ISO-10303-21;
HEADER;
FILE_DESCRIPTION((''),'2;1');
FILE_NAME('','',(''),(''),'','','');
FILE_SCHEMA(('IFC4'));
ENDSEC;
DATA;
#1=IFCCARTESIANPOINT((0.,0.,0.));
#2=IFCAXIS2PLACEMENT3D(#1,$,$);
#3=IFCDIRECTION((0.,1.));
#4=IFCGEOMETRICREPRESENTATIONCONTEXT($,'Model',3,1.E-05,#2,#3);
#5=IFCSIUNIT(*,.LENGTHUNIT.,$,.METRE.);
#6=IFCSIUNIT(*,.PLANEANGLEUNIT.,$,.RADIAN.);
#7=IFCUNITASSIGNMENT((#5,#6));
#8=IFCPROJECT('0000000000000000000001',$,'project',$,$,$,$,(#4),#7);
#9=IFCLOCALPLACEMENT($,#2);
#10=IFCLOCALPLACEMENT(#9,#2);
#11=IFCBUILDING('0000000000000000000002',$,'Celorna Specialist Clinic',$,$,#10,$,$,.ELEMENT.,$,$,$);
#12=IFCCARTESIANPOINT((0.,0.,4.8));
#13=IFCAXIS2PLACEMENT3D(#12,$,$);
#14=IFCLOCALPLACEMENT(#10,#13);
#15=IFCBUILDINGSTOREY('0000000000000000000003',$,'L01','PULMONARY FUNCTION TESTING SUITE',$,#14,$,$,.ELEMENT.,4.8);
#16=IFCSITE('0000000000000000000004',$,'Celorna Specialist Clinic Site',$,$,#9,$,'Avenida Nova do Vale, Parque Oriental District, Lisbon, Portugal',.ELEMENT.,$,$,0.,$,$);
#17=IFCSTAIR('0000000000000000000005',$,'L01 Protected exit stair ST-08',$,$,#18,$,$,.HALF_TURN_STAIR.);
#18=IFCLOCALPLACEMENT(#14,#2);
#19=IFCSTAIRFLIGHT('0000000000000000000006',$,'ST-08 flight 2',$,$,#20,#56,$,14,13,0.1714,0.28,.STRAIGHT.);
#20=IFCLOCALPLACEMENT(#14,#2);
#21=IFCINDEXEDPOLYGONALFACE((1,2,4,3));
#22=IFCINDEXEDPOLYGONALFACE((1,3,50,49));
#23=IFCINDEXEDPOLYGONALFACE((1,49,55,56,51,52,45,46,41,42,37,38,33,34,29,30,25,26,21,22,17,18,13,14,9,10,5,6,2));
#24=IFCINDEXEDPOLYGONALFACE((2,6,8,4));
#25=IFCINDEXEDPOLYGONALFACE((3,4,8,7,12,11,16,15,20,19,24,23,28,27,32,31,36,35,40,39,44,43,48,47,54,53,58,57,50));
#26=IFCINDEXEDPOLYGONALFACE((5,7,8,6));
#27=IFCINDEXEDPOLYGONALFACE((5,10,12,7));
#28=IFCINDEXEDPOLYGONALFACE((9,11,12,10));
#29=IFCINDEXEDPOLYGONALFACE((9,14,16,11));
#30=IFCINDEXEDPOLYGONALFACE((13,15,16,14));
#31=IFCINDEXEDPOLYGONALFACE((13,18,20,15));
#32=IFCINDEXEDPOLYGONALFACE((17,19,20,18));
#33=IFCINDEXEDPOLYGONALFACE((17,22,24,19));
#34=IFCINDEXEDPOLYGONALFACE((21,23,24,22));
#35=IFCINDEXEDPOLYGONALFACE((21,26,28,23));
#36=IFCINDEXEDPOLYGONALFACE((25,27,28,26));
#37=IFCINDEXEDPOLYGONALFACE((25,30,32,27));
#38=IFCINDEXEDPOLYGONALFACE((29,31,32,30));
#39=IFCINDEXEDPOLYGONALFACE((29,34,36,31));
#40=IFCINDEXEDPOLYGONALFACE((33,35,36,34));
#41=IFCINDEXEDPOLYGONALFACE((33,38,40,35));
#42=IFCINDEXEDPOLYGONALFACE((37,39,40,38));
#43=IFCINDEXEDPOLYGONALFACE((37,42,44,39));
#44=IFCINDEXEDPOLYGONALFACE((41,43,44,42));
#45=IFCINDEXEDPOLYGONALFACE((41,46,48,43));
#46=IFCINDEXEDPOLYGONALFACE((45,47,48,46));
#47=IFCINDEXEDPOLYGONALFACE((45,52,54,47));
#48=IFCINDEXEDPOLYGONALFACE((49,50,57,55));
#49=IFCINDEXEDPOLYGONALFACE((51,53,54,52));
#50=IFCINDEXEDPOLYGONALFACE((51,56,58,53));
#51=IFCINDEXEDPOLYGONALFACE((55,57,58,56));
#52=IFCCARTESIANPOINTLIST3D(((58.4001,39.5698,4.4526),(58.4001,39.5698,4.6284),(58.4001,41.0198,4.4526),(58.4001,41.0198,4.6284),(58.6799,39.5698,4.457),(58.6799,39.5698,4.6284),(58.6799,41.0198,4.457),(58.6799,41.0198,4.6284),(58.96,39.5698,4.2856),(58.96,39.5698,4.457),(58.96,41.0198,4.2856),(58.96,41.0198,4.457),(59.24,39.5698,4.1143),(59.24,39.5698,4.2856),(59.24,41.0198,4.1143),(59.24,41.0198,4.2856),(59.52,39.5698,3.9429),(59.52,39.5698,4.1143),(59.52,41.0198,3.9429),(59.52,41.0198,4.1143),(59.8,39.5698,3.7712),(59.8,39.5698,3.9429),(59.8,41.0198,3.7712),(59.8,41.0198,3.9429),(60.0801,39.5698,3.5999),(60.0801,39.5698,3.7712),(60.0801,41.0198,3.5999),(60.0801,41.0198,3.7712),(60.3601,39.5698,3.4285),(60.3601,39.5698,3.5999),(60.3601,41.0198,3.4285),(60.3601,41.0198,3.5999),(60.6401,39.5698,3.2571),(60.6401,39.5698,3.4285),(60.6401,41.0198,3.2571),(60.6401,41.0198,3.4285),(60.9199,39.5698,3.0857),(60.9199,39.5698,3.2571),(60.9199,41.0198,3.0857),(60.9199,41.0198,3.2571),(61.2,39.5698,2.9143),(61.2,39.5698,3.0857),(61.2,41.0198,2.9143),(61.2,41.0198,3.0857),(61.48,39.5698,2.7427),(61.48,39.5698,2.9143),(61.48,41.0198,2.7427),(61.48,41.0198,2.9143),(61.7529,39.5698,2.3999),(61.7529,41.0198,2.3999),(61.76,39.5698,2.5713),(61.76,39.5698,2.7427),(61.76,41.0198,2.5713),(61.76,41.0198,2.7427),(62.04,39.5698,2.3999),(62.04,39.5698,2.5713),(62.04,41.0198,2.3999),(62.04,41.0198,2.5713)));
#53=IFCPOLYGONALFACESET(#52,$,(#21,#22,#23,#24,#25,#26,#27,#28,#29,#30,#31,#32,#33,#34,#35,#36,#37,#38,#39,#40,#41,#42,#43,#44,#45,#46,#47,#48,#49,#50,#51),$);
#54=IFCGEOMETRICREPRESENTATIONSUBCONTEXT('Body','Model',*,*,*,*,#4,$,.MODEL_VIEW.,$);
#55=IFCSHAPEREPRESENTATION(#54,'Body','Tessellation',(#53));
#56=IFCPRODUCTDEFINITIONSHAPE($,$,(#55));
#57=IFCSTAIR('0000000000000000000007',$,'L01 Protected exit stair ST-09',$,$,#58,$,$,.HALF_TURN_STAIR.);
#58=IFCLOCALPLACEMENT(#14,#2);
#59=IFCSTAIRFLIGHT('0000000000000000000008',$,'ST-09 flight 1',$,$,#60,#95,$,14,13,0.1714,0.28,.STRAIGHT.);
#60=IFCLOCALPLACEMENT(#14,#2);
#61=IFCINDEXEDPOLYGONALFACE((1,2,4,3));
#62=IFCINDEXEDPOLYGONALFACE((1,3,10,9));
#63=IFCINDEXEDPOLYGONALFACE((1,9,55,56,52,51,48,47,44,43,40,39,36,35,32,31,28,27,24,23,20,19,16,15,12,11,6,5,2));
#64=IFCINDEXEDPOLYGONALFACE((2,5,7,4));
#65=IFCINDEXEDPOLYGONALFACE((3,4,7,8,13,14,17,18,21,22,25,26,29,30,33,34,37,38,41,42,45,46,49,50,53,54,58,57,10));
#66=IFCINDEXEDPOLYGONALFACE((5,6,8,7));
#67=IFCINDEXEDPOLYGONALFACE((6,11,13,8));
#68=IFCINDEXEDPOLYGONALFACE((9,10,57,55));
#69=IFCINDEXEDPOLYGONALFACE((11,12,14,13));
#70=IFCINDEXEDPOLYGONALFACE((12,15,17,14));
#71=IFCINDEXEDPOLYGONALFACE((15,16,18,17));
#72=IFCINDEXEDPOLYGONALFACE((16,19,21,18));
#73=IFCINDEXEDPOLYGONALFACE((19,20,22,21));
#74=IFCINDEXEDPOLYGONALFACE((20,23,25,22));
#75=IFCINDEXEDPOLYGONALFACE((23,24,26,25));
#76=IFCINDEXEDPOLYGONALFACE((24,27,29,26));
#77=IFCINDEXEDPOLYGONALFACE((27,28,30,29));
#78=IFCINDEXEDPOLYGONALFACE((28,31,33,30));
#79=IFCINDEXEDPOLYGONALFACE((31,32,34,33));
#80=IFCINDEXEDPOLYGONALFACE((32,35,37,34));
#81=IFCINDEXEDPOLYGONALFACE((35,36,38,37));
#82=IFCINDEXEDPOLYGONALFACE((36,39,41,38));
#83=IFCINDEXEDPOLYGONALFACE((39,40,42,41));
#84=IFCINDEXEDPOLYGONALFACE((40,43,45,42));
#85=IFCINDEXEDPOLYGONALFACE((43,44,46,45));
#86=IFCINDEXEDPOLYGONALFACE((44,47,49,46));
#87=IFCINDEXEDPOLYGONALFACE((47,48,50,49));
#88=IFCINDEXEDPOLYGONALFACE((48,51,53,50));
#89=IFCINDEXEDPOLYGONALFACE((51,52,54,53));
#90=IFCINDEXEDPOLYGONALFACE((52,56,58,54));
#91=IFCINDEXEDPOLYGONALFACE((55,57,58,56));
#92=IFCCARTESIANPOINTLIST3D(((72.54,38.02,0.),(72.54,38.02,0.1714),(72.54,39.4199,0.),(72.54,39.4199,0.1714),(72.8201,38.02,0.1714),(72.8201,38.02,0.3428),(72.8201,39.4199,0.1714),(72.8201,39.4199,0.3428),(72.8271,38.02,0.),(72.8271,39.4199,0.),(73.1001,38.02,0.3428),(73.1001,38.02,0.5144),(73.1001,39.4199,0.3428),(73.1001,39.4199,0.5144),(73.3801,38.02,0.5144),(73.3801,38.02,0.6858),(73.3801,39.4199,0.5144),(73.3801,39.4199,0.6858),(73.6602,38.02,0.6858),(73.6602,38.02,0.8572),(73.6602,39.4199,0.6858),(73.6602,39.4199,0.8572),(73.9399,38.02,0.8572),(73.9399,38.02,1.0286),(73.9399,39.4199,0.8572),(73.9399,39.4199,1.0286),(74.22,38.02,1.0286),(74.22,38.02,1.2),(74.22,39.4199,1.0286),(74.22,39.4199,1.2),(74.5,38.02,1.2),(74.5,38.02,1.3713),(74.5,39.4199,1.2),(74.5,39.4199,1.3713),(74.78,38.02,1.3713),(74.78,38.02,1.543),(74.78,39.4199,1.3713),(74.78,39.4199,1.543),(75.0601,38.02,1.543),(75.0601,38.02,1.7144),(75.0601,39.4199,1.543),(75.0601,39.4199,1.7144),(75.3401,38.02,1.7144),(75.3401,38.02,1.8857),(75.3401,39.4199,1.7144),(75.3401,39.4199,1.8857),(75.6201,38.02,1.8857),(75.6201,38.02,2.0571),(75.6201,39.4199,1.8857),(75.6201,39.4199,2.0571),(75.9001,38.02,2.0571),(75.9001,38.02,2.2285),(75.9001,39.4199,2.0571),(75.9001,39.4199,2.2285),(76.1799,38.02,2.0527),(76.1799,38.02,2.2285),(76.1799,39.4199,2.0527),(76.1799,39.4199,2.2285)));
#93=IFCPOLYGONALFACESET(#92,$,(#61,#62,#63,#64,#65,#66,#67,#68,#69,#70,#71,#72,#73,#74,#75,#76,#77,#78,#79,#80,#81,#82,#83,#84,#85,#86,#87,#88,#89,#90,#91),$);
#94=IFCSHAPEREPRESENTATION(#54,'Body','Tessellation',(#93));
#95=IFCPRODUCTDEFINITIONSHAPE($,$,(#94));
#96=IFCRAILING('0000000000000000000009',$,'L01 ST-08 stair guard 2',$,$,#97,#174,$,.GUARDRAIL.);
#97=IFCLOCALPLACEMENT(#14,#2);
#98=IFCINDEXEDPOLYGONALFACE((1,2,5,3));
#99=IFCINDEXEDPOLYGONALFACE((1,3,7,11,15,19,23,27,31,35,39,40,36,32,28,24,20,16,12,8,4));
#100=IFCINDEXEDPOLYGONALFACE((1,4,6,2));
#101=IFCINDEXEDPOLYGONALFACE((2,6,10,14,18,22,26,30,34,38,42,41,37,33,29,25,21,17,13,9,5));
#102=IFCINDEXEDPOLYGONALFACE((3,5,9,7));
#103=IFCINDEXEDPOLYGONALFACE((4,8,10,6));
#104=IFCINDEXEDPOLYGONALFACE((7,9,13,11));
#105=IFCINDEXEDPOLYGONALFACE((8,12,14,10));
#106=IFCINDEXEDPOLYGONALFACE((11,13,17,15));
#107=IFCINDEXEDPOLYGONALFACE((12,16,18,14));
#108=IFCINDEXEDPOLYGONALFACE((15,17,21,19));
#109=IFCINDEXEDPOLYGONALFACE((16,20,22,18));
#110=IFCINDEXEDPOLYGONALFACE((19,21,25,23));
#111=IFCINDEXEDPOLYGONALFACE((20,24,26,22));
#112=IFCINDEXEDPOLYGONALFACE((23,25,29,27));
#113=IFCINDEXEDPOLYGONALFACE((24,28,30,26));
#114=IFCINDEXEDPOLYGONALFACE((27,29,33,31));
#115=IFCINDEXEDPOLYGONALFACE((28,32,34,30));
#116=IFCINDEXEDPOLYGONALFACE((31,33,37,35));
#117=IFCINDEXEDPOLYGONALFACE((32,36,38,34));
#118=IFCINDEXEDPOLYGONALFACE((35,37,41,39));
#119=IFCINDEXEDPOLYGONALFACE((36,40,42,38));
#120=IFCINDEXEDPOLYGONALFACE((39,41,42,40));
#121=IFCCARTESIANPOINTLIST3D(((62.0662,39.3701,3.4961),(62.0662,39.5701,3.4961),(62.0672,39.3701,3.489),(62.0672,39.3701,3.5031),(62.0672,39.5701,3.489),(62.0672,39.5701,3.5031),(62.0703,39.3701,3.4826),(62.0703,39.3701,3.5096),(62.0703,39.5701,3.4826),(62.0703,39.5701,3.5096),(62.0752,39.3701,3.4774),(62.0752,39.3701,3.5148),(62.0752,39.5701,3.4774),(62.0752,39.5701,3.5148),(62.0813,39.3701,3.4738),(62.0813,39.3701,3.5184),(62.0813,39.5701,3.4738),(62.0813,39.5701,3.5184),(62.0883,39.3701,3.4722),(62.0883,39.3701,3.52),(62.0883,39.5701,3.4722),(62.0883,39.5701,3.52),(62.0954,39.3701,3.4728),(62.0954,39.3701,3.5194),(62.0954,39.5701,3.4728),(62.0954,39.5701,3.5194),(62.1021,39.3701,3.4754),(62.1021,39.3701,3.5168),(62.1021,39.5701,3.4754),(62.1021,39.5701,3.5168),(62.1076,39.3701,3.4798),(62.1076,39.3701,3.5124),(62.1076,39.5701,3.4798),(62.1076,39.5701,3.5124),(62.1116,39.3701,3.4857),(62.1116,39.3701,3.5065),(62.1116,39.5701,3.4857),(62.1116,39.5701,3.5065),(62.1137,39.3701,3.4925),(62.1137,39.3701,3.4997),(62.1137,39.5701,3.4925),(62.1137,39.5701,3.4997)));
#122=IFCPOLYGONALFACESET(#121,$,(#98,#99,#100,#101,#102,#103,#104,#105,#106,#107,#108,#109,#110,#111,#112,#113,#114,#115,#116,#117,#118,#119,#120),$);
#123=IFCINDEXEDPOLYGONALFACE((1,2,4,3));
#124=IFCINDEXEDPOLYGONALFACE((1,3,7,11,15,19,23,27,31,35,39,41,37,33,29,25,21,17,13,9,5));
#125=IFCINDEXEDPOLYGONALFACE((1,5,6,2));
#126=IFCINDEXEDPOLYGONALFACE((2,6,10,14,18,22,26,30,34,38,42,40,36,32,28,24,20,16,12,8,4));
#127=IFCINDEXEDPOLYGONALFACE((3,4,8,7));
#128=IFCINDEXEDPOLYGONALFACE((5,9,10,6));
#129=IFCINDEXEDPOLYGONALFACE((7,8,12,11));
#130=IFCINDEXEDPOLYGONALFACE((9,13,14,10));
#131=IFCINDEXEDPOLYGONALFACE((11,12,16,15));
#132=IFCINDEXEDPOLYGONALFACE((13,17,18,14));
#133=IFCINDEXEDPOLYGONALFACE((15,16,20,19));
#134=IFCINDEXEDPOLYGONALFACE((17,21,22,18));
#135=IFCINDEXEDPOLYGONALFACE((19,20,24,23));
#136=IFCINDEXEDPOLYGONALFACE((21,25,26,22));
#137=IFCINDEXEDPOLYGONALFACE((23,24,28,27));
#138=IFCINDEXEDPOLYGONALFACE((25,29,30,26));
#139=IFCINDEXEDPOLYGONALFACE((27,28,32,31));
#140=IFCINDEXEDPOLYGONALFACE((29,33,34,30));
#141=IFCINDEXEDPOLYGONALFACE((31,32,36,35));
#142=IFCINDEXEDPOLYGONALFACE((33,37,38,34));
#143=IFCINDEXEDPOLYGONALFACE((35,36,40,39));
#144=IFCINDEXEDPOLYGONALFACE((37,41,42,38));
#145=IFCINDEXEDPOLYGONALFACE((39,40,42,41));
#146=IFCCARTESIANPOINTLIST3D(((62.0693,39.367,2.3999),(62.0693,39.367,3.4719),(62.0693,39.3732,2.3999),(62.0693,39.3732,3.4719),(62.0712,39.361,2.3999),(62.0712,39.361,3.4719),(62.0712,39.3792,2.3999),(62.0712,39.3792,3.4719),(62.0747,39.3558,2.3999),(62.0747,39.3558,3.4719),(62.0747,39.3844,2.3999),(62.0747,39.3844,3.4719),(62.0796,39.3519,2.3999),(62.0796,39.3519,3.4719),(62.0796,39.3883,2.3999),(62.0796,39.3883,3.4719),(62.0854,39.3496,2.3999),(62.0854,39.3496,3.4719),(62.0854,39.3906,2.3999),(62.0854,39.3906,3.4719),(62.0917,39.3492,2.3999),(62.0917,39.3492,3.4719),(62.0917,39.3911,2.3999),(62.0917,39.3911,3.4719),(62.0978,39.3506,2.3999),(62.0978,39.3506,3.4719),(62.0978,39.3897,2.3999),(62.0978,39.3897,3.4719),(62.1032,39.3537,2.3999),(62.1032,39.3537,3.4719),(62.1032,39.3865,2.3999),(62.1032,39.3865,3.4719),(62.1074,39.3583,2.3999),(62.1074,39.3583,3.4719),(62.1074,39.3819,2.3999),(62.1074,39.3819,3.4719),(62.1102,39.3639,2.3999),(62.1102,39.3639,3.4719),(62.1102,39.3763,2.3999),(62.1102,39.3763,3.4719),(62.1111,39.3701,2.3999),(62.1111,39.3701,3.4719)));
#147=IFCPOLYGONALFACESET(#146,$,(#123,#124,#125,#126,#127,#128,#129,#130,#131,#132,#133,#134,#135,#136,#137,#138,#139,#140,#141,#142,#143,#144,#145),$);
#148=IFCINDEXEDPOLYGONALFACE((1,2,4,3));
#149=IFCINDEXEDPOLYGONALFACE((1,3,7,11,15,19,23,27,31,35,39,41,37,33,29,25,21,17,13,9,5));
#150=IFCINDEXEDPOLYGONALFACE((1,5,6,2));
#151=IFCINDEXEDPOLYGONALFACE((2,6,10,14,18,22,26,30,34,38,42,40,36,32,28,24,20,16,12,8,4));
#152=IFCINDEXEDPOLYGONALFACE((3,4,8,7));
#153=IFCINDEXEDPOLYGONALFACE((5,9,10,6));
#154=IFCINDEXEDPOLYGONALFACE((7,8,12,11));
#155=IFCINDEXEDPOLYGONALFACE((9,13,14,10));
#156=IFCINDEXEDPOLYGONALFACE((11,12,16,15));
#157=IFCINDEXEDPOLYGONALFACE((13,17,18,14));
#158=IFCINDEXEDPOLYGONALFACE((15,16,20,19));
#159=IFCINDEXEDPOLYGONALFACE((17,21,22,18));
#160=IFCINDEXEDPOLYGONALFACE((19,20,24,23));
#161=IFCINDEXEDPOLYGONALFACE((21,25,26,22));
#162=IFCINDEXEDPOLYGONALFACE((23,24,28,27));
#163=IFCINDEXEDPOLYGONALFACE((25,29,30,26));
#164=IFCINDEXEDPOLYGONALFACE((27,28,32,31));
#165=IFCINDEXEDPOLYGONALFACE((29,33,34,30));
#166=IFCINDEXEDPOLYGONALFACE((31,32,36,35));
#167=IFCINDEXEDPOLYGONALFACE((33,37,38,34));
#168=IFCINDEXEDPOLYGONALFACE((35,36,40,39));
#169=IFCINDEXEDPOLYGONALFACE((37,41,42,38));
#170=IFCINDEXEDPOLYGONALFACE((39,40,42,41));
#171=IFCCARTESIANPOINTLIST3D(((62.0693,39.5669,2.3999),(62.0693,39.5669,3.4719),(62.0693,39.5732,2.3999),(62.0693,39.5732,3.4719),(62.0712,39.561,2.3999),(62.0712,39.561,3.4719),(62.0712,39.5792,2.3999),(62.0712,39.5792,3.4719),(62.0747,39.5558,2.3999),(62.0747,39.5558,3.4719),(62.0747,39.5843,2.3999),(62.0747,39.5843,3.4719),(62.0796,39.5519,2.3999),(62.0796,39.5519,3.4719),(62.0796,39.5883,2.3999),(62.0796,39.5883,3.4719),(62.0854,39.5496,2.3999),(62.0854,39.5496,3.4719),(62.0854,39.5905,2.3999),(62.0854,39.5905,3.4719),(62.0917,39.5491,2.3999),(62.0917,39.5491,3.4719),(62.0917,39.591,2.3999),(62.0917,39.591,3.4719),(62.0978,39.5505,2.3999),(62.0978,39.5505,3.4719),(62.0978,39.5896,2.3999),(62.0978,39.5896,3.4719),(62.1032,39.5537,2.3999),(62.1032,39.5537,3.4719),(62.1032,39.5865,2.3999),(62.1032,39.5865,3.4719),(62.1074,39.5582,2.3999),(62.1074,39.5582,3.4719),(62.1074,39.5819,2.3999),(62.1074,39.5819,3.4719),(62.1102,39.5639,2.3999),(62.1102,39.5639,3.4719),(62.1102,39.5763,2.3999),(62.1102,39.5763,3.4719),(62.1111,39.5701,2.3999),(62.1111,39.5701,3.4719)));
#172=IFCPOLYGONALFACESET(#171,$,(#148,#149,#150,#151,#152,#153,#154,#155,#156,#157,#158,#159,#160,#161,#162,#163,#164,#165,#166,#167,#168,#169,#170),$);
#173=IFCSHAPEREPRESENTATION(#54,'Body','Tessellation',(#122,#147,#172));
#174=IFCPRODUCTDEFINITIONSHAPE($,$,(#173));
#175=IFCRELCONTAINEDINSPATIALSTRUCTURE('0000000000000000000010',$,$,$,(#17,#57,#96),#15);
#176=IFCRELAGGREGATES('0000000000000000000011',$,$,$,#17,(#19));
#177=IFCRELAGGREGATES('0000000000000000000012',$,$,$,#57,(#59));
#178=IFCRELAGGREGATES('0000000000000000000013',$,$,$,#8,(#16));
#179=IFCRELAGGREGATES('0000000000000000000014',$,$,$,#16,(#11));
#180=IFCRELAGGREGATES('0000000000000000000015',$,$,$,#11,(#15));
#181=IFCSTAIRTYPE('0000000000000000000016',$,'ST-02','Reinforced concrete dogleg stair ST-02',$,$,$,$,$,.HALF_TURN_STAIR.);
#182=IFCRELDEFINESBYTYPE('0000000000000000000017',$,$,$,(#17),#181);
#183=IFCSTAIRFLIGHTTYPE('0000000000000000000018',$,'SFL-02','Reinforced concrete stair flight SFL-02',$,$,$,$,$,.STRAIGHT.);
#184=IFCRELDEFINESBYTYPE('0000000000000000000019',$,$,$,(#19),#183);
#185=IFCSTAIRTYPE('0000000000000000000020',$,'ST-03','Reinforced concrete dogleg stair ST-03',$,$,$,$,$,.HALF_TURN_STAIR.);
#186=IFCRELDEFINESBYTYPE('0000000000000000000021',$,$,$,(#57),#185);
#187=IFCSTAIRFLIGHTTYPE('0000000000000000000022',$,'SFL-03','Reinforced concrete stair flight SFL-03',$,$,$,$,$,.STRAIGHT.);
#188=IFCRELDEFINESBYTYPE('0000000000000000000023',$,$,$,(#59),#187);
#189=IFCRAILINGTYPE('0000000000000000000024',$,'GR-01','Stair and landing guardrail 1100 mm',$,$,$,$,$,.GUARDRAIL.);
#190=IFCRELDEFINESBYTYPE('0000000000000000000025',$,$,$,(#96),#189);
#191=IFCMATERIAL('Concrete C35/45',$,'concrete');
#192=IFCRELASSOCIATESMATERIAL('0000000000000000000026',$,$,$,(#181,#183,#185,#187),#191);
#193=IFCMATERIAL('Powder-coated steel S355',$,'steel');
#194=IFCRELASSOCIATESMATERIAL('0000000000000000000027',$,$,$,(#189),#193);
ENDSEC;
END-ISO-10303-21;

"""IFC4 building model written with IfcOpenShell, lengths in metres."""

from ifc_helpers import new_model, si_unit, direction, frame, origin, origin_2d, place, context, subcontext, project, spatial, polyline, circle, outline, extrude, material, type_object, element, aggregate, save


model = new_model("IFC4")

# Units and contexts
model_context = context("Model", 3, precision=1e-05, world=origin(), true_north=direction((0.0, 1.0)))
body_context = subcontext(model_context, "Body", "Model", "MODEL_VIEW")
ifc_project = project(units=[si_unit("LENGTHUNIT", "METRE"), si_unit("PLANEANGLEUNIT", "RADIAN")], contexts=[model_context])

# Site, building, storey
site_placement = place(None, origin())
site = spatial("IfcSite", under=ifc_project, at=site_placement, Name="Celorna Specialist Clinic Site", LongName="Avenida Nova do Vale, Parque Oriental District, Lisbon, Portugal", CompositionType="ELEMENT", RefElevation=0.0)
building_placement = place(site_placement, origin())
building = spatial("IfcBuilding", under=site, at=building_placement, Name="Celorna Specialist Clinic", CompositionType="ELEMENT")
storey_placement = place(building_placement, frame((0.0, 0.0, 4.8)))
storey = spatial("IfcBuildingStorey", under=building, at=storey_placement, Name="L01", Description="PULMONARY FUNCTION TESTING SUITE", CompositionType="ELEMENT", Elevation=4.8)

# Shared definitions
ifc_material_1 = material(Name="Concrete C35/45", Category="concrete")

# Stairs, stair flights
stair_type_1 = type_object("IfcStairType", Name="ST-02", Description="Reinforced concrete dogleg stair ST-02", PredefinedType="HALF_TURN_STAIR", material=ifc_material_1)
stair_1_placement = place(storey_placement, origin())
stair_1 = element("IfcStair", 1, at=stair_1_placement, inside=storey, type_object=stair_type_1, Name="L01 Protected exit stair ST-08", PredefinedType="HALF_TURN_STAIR")
stair_flight_type_1 = type_object("IfcStairFlightType", Name="SFL-02", Description="Reinforced concrete stair flight SFL-02", PredefinedType="STRAIGHT", material=ifc_material_1)
stair_flight_1_placement = place(storey_placement, frame((62.04, 40.2949, 2.3999), z_axis=(0.0, 0.0, 1.0), x_axis=(-1.0, 0.0, 0.0)))
stair_flight_1 = element("IfcStairFlight", 2, at=stair_flight_1_placement, type_object=stair_flight_type_1, Name="ST-08 flight 2", NumberOfRisers=14, NumberOfTreads=13, PredefinedType="STRAIGHT", RiserHeight=0.1714, TreadLength=0.28, context=body_context, shape_type="SweptSolid", body=[
    extrude(outline(polyline([(0.0, 0.0), (0.0, 0.1714), (0.28, 0.1714), (0.28, 0.3428), (0.5601, 0.3428), (0.5601, 0.5144), (0.8401, 0.5144), (0.8401, 0.6858), (1.1201, 0.6858), (1.1201, 0.8572), (1.3999, 0.8572), (1.3999, 1.0286), (1.6799, 1.0286), (1.6799, 1.2), (1.96, 1.2), (1.96, 1.3713), (2.24, 1.3713), (2.24, 1.543), (2.52, 1.543), (2.52, 1.7144), (2.8, 1.7144), (2.8, 1.8857), (3.0801, 1.8857), (3.0801, 2.0571), (3.3601, 2.0571), (3.3601, 2.2285), (3.6399, 2.2285), (3.6399, 2.3999), (3.6399, 2.0527), (0.2871, 0.0), (0.0, 0.0)])), frame((0.0, 0.7251, 0.0), z_axis=(0.0, -1.0, 0.0), x_axis=(1.0, 0.0, 0.0)), (0.0, 0.0, 1.0), 1.45),
])
aggregate(stair_1, [stair_flight_1])
stair_type_2 = type_object("IfcStairType", Name="ST-03", Description="Reinforced concrete dogleg stair ST-03", PredefinedType="HALF_TURN_STAIR", material=ifc_material_1)
stair_2_placement = place(storey_placement, origin())
stair_2 = element("IfcStair", 3, at=stair_2_placement, inside=storey, type_object=stair_type_2, Name="L01 Protected exit stair ST-09", PredefinedType="HALF_TURN_STAIR")
stair_flight_type_2 = type_object("IfcStairFlightType", Name="SFL-03", Description="Reinforced concrete stair flight SFL-03", PredefinedType="STRAIGHT", material=ifc_material_1)
stair_flight_2_placement = place(storey_placement, frame((72.54, 38.72, 0.0), z_axis=(0.0, 0.0, 1.0), x_axis=(1.0, 0.0, 0.0)))
stair_flight_2 = element("IfcStairFlight", 4, at=stair_flight_2_placement, type_object=stair_flight_type_2, Name="ST-09 flight 1", NumberOfRisers=14, NumberOfTreads=13, PredefinedType="STRAIGHT", RiserHeight=0.1714, TreadLength=0.28, context=body_context, shape_type="SweptSolid", body=[
    extrude(outline(polyline([(0.0, 0.0), (0.0, 0.1714), (0.28, 0.1714), (0.28, 0.3428), (0.5601, 0.3428), (0.5601, 0.5144), (0.8401, 0.5144), (0.8401, 0.6858), (1.1201, 0.6858), (1.1201, 0.8572), (1.3999, 0.8572), (1.3999, 1.0286), (1.6799, 1.0286), (1.6799, 1.2), (1.96, 1.2), (1.96, 1.3713), (2.24, 1.3713), (2.24, 1.543), (2.52, 1.543), (2.52, 1.7144), (2.8, 1.7144), (2.8, 1.8857), (3.0801, 1.8857), (3.0801, 2.0571), (3.3601, 2.0571), (3.3601, 2.2285), (3.6399, 2.2285), (3.6399, 2.3999), (3.6399, 2.0527), (0.2871, 0.0), (0.0, 0.0)])), frame((0.0, 0.7, 0.0), z_axis=(0.0, -1.0, 0.0), x_axis=(1.0, 0.0, 0.0)), (0.0, 0.0, 1.0), 1.3999),
])
aggregate(stair_2, [stair_flight_2])

# Railing
ifc_material_2 = material(Name="Powder-coated steel S355", Category="steel")
railing_type_1 = type_object("IfcRailingType", Name="GR-01", Description="Stair and landing guardrail 1100 mm", PredefinedType="GUARDRAIL", material=ifc_material_2)
railing_1_placement = place(storey_placement, frame((62.0901, 39.3701, 2.3999)))
element("IfcRailing", 5, at=railing_1_placement, inside=storey, type_object=railing_type_1, Name="L01 ST-08 stair guard 2", PredefinedType="GUARDRAIL", context=body_context, shape_type="SweptSolid", body=[
    extrude(circle(Radius=0.0239, at=origin_2d()), frame((0.0, 0.0, 1.0962), z_axis=(0.0, 1.0, 0.0), x_axis=(-1.0, 0.0, 0.0)), (0.0, 0.0, 1.0), 0.2),
    extrude(circle(Radius=0.021, at=origin_2d()), origin(), (0.0, 0.0, 1.0), 1.072),
    extrude(circle(Radius=0.021, at=origin_2d()), frame((0.0, 0.2, 0.0)), (0.0, 0.0, 1.0), 1.072),
])

save(model, "model.ifc")
